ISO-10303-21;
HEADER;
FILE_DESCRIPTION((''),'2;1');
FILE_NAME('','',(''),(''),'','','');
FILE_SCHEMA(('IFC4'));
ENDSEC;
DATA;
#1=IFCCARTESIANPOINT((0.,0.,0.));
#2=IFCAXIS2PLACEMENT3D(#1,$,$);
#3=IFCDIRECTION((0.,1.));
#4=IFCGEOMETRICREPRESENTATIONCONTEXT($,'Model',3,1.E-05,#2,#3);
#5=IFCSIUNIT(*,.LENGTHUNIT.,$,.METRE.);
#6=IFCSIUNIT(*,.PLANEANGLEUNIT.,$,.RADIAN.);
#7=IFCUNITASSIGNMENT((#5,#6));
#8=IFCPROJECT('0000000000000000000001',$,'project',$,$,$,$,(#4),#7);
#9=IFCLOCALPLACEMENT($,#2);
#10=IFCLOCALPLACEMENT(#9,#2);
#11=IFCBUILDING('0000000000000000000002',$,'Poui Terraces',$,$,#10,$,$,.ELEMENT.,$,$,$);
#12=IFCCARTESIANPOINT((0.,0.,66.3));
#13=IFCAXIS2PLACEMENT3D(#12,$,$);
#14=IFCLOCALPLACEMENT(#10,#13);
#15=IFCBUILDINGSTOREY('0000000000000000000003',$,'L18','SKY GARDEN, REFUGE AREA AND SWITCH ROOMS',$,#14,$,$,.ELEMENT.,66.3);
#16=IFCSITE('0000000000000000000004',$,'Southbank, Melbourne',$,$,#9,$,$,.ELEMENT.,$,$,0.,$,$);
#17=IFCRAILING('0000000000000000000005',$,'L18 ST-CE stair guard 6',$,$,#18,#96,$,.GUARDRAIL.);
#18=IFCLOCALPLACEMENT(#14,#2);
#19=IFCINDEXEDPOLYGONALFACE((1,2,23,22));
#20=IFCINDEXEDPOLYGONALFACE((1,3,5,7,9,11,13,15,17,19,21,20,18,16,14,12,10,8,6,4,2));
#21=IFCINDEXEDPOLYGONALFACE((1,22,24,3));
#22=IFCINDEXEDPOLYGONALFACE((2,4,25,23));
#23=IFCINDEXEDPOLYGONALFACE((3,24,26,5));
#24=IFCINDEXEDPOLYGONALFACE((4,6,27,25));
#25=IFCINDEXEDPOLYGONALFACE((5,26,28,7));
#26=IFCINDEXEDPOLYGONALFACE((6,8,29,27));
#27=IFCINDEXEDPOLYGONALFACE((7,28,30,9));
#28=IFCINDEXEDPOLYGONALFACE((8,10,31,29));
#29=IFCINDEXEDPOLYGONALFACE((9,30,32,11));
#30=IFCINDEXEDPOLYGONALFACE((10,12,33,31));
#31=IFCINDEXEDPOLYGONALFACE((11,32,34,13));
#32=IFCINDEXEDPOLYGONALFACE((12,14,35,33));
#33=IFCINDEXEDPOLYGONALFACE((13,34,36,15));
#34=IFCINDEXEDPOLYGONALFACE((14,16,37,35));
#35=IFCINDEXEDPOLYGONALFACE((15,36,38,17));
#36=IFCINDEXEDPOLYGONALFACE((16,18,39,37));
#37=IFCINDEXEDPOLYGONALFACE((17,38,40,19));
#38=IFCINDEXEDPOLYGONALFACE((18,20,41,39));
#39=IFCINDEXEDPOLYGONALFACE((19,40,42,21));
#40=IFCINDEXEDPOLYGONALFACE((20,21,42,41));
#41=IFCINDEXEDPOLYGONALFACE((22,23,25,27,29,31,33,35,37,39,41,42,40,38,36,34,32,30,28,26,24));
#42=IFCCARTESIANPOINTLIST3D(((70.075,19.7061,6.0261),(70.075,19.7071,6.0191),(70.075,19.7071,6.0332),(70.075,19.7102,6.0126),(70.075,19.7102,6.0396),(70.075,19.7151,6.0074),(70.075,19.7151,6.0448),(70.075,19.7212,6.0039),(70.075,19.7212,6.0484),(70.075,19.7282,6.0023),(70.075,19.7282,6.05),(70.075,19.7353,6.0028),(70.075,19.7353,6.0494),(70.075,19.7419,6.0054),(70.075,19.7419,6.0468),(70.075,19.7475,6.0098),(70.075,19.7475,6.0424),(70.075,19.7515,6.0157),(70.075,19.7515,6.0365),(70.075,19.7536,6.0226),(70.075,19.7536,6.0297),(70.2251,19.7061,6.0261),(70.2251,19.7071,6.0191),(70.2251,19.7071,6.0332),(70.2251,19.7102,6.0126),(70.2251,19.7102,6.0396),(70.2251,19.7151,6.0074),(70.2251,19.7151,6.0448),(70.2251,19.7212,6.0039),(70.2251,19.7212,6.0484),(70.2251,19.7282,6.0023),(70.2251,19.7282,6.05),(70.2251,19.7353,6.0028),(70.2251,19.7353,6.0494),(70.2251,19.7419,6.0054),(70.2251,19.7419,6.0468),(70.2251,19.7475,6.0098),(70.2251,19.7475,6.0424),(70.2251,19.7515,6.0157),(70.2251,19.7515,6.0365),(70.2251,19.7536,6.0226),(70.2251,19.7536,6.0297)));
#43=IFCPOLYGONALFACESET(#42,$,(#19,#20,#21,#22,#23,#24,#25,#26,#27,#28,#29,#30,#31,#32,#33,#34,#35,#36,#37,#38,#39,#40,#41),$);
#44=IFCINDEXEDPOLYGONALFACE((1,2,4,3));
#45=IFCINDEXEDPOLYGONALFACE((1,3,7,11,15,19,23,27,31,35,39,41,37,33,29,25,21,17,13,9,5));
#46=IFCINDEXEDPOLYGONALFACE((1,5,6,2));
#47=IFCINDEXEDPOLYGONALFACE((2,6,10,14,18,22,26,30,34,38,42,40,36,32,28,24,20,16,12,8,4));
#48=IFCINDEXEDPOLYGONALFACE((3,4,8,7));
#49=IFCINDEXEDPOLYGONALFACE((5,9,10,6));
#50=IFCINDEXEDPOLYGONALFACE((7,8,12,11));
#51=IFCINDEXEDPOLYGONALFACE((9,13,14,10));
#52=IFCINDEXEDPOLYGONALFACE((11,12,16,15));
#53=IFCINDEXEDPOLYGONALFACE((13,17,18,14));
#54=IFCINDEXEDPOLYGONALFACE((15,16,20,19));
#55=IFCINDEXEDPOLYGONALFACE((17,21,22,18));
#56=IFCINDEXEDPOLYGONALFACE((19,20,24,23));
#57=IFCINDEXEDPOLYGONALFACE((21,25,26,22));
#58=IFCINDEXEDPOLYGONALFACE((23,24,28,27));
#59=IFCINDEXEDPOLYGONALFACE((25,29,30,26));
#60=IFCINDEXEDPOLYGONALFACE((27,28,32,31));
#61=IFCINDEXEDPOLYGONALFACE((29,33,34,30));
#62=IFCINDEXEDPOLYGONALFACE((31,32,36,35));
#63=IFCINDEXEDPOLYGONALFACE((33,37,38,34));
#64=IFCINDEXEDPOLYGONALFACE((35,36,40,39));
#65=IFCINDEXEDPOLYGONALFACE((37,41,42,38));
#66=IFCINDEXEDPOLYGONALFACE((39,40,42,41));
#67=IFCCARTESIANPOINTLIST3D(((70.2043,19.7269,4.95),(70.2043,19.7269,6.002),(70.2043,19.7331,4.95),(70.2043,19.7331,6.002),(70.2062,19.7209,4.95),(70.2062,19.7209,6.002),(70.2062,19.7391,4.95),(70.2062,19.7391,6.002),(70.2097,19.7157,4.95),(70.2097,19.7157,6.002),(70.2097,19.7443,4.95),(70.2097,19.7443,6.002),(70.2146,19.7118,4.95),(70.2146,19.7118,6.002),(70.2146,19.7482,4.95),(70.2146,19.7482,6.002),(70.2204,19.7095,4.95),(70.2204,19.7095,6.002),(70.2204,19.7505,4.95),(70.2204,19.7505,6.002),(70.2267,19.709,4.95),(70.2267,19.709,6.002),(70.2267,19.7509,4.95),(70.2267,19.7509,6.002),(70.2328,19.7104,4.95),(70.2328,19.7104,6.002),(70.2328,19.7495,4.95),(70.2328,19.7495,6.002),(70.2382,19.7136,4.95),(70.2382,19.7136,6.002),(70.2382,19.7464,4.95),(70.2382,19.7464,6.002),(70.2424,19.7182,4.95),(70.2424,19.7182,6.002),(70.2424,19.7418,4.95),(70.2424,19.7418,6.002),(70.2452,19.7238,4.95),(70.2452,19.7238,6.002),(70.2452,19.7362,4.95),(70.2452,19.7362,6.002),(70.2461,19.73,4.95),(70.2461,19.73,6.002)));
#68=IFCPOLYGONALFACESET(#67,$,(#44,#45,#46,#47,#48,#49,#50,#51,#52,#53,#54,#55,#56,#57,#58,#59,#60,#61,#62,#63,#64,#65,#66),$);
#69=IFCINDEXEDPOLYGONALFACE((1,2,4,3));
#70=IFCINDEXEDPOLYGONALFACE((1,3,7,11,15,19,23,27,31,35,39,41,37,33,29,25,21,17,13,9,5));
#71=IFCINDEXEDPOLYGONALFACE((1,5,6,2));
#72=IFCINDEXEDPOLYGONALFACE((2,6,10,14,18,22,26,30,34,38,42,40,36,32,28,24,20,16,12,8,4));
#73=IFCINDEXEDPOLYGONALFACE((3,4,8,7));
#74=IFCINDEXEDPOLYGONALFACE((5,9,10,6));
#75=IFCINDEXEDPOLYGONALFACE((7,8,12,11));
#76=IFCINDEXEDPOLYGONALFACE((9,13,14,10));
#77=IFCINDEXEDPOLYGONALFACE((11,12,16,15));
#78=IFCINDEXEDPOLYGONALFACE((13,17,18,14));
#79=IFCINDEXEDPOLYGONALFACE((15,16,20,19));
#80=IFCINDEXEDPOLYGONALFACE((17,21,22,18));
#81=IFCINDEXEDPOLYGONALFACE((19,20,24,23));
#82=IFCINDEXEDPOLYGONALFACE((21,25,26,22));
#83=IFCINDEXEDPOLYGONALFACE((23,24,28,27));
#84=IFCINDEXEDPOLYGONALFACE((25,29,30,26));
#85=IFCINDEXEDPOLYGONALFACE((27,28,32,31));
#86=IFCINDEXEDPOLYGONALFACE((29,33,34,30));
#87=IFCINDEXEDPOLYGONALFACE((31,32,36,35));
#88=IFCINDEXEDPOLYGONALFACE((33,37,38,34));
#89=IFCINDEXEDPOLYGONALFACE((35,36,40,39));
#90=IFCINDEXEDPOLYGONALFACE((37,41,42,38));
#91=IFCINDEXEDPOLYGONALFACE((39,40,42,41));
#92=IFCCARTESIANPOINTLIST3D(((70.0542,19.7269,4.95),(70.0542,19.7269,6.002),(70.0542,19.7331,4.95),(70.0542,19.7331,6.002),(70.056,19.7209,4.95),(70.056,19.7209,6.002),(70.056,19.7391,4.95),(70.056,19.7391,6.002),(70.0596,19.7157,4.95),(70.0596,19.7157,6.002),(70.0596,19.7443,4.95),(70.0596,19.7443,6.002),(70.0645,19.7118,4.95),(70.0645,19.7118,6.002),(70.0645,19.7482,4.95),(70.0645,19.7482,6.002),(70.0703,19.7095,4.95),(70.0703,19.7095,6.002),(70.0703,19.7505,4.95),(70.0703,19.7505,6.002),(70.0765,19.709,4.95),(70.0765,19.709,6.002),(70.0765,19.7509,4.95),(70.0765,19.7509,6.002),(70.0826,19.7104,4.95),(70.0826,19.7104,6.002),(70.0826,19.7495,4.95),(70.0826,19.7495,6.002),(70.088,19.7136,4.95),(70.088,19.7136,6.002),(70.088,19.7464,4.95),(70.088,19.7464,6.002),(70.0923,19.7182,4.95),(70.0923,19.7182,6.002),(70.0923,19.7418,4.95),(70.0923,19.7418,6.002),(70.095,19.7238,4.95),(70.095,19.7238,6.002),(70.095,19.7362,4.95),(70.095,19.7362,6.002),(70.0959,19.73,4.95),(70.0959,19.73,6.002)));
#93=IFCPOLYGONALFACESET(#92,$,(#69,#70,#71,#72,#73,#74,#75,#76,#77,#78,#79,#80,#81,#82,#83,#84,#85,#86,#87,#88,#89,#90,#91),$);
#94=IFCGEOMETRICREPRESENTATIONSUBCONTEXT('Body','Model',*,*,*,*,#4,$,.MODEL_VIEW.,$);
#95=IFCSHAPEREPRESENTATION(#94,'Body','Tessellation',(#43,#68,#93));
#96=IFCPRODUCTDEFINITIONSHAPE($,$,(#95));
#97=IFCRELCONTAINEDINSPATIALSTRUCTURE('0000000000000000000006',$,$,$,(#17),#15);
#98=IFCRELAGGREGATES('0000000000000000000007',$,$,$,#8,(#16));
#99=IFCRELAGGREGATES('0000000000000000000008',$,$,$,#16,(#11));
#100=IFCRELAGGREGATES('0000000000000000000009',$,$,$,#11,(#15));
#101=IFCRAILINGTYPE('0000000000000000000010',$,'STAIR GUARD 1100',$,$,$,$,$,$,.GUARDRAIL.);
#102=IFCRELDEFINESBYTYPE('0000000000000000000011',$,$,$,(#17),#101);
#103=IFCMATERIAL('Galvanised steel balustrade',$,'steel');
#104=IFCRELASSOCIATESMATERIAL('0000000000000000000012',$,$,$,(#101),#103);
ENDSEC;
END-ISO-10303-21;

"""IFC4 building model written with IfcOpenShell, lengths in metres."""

from ifc_helpers import new_model, si_unit, direction, frame, origin, origin_2d, place, context, subcontext, project, spatial, circle, extrude, material, type_object, element, save


model = new_model("IFC4")

# Units and contexts
model_context = context("Model", 3, precision=1e-05, world=origin(), true_north=direction((0.0, 1.0)))
body_context = subcontext(model_context, "Body", "Model", "MODEL_VIEW")
ifc_project = project(units=[si_unit("LENGTHUNIT", "METRE"), si_unit("PLANEANGLEUNIT", "RADIAN")], contexts=[model_context])

# Site, building, storey
site_placement = place(None, origin())
site = spatial("IfcSite", under=ifc_project, at=site_placement, Name="Southbank, Melbourne", CompositionType="ELEMENT", RefElevation=0.0)
building_placement = place(site_placement, origin())
building = spatial("IfcBuilding", under=site, at=building_placement, Name="Poui Terraces", CompositionType="ELEMENT")
storey_placement = place(building_placement, frame((0.0, 0.0, 66.3)))
storey = spatial("IfcBuildingStorey", under=building, at=storey_placement, Name="L18", Description="SKY GARDEN, REFUGE AREA AND SWITCH ROOMS", CompositionType="ELEMENT", Elevation=66.3)

# Railing
ifc_material_1 = material(Name="Galvanised steel balustrade", Category="steel")
railing_type_1 = type_object("IfcRailingType", Name="STAIR GUARD 1100", PredefinedType="GUARDRAIL", material=ifc_material_1)
railing_1_placement = place(storey_placement, frame((70.2251, 19.73, 4.95)))
element("IfcRailing", 1, at=railing_1_placement, inside=storey, type_object=railing_type_1, Name="L18 ST-CE stair guard 6", PredefinedType="GUARDRAIL", context=body_context, shape_type="SweptSolid", body=[
    extrude(circle(Radius=0.0239, at=origin_2d()), frame((0.0, 0.0, 1.0762), z_axis=(-1.0, 0.0, 0.0), x_axis=(0.0, -1.0, 0.0)), (0.0, 0.0, 1.0), 0.1501),
    extrude(circle(Radius=0.021, at=origin_2d()), origin(), (0.0, 0.0, 1.0), 1.052),
    extrude(circle(Radius=0.021, at=origin_2d()), frame((-0.1501, 0.0, 0.0)), (0.0, 0.0, 1.0), 1.052),
])

save(model, "model.ifc")
